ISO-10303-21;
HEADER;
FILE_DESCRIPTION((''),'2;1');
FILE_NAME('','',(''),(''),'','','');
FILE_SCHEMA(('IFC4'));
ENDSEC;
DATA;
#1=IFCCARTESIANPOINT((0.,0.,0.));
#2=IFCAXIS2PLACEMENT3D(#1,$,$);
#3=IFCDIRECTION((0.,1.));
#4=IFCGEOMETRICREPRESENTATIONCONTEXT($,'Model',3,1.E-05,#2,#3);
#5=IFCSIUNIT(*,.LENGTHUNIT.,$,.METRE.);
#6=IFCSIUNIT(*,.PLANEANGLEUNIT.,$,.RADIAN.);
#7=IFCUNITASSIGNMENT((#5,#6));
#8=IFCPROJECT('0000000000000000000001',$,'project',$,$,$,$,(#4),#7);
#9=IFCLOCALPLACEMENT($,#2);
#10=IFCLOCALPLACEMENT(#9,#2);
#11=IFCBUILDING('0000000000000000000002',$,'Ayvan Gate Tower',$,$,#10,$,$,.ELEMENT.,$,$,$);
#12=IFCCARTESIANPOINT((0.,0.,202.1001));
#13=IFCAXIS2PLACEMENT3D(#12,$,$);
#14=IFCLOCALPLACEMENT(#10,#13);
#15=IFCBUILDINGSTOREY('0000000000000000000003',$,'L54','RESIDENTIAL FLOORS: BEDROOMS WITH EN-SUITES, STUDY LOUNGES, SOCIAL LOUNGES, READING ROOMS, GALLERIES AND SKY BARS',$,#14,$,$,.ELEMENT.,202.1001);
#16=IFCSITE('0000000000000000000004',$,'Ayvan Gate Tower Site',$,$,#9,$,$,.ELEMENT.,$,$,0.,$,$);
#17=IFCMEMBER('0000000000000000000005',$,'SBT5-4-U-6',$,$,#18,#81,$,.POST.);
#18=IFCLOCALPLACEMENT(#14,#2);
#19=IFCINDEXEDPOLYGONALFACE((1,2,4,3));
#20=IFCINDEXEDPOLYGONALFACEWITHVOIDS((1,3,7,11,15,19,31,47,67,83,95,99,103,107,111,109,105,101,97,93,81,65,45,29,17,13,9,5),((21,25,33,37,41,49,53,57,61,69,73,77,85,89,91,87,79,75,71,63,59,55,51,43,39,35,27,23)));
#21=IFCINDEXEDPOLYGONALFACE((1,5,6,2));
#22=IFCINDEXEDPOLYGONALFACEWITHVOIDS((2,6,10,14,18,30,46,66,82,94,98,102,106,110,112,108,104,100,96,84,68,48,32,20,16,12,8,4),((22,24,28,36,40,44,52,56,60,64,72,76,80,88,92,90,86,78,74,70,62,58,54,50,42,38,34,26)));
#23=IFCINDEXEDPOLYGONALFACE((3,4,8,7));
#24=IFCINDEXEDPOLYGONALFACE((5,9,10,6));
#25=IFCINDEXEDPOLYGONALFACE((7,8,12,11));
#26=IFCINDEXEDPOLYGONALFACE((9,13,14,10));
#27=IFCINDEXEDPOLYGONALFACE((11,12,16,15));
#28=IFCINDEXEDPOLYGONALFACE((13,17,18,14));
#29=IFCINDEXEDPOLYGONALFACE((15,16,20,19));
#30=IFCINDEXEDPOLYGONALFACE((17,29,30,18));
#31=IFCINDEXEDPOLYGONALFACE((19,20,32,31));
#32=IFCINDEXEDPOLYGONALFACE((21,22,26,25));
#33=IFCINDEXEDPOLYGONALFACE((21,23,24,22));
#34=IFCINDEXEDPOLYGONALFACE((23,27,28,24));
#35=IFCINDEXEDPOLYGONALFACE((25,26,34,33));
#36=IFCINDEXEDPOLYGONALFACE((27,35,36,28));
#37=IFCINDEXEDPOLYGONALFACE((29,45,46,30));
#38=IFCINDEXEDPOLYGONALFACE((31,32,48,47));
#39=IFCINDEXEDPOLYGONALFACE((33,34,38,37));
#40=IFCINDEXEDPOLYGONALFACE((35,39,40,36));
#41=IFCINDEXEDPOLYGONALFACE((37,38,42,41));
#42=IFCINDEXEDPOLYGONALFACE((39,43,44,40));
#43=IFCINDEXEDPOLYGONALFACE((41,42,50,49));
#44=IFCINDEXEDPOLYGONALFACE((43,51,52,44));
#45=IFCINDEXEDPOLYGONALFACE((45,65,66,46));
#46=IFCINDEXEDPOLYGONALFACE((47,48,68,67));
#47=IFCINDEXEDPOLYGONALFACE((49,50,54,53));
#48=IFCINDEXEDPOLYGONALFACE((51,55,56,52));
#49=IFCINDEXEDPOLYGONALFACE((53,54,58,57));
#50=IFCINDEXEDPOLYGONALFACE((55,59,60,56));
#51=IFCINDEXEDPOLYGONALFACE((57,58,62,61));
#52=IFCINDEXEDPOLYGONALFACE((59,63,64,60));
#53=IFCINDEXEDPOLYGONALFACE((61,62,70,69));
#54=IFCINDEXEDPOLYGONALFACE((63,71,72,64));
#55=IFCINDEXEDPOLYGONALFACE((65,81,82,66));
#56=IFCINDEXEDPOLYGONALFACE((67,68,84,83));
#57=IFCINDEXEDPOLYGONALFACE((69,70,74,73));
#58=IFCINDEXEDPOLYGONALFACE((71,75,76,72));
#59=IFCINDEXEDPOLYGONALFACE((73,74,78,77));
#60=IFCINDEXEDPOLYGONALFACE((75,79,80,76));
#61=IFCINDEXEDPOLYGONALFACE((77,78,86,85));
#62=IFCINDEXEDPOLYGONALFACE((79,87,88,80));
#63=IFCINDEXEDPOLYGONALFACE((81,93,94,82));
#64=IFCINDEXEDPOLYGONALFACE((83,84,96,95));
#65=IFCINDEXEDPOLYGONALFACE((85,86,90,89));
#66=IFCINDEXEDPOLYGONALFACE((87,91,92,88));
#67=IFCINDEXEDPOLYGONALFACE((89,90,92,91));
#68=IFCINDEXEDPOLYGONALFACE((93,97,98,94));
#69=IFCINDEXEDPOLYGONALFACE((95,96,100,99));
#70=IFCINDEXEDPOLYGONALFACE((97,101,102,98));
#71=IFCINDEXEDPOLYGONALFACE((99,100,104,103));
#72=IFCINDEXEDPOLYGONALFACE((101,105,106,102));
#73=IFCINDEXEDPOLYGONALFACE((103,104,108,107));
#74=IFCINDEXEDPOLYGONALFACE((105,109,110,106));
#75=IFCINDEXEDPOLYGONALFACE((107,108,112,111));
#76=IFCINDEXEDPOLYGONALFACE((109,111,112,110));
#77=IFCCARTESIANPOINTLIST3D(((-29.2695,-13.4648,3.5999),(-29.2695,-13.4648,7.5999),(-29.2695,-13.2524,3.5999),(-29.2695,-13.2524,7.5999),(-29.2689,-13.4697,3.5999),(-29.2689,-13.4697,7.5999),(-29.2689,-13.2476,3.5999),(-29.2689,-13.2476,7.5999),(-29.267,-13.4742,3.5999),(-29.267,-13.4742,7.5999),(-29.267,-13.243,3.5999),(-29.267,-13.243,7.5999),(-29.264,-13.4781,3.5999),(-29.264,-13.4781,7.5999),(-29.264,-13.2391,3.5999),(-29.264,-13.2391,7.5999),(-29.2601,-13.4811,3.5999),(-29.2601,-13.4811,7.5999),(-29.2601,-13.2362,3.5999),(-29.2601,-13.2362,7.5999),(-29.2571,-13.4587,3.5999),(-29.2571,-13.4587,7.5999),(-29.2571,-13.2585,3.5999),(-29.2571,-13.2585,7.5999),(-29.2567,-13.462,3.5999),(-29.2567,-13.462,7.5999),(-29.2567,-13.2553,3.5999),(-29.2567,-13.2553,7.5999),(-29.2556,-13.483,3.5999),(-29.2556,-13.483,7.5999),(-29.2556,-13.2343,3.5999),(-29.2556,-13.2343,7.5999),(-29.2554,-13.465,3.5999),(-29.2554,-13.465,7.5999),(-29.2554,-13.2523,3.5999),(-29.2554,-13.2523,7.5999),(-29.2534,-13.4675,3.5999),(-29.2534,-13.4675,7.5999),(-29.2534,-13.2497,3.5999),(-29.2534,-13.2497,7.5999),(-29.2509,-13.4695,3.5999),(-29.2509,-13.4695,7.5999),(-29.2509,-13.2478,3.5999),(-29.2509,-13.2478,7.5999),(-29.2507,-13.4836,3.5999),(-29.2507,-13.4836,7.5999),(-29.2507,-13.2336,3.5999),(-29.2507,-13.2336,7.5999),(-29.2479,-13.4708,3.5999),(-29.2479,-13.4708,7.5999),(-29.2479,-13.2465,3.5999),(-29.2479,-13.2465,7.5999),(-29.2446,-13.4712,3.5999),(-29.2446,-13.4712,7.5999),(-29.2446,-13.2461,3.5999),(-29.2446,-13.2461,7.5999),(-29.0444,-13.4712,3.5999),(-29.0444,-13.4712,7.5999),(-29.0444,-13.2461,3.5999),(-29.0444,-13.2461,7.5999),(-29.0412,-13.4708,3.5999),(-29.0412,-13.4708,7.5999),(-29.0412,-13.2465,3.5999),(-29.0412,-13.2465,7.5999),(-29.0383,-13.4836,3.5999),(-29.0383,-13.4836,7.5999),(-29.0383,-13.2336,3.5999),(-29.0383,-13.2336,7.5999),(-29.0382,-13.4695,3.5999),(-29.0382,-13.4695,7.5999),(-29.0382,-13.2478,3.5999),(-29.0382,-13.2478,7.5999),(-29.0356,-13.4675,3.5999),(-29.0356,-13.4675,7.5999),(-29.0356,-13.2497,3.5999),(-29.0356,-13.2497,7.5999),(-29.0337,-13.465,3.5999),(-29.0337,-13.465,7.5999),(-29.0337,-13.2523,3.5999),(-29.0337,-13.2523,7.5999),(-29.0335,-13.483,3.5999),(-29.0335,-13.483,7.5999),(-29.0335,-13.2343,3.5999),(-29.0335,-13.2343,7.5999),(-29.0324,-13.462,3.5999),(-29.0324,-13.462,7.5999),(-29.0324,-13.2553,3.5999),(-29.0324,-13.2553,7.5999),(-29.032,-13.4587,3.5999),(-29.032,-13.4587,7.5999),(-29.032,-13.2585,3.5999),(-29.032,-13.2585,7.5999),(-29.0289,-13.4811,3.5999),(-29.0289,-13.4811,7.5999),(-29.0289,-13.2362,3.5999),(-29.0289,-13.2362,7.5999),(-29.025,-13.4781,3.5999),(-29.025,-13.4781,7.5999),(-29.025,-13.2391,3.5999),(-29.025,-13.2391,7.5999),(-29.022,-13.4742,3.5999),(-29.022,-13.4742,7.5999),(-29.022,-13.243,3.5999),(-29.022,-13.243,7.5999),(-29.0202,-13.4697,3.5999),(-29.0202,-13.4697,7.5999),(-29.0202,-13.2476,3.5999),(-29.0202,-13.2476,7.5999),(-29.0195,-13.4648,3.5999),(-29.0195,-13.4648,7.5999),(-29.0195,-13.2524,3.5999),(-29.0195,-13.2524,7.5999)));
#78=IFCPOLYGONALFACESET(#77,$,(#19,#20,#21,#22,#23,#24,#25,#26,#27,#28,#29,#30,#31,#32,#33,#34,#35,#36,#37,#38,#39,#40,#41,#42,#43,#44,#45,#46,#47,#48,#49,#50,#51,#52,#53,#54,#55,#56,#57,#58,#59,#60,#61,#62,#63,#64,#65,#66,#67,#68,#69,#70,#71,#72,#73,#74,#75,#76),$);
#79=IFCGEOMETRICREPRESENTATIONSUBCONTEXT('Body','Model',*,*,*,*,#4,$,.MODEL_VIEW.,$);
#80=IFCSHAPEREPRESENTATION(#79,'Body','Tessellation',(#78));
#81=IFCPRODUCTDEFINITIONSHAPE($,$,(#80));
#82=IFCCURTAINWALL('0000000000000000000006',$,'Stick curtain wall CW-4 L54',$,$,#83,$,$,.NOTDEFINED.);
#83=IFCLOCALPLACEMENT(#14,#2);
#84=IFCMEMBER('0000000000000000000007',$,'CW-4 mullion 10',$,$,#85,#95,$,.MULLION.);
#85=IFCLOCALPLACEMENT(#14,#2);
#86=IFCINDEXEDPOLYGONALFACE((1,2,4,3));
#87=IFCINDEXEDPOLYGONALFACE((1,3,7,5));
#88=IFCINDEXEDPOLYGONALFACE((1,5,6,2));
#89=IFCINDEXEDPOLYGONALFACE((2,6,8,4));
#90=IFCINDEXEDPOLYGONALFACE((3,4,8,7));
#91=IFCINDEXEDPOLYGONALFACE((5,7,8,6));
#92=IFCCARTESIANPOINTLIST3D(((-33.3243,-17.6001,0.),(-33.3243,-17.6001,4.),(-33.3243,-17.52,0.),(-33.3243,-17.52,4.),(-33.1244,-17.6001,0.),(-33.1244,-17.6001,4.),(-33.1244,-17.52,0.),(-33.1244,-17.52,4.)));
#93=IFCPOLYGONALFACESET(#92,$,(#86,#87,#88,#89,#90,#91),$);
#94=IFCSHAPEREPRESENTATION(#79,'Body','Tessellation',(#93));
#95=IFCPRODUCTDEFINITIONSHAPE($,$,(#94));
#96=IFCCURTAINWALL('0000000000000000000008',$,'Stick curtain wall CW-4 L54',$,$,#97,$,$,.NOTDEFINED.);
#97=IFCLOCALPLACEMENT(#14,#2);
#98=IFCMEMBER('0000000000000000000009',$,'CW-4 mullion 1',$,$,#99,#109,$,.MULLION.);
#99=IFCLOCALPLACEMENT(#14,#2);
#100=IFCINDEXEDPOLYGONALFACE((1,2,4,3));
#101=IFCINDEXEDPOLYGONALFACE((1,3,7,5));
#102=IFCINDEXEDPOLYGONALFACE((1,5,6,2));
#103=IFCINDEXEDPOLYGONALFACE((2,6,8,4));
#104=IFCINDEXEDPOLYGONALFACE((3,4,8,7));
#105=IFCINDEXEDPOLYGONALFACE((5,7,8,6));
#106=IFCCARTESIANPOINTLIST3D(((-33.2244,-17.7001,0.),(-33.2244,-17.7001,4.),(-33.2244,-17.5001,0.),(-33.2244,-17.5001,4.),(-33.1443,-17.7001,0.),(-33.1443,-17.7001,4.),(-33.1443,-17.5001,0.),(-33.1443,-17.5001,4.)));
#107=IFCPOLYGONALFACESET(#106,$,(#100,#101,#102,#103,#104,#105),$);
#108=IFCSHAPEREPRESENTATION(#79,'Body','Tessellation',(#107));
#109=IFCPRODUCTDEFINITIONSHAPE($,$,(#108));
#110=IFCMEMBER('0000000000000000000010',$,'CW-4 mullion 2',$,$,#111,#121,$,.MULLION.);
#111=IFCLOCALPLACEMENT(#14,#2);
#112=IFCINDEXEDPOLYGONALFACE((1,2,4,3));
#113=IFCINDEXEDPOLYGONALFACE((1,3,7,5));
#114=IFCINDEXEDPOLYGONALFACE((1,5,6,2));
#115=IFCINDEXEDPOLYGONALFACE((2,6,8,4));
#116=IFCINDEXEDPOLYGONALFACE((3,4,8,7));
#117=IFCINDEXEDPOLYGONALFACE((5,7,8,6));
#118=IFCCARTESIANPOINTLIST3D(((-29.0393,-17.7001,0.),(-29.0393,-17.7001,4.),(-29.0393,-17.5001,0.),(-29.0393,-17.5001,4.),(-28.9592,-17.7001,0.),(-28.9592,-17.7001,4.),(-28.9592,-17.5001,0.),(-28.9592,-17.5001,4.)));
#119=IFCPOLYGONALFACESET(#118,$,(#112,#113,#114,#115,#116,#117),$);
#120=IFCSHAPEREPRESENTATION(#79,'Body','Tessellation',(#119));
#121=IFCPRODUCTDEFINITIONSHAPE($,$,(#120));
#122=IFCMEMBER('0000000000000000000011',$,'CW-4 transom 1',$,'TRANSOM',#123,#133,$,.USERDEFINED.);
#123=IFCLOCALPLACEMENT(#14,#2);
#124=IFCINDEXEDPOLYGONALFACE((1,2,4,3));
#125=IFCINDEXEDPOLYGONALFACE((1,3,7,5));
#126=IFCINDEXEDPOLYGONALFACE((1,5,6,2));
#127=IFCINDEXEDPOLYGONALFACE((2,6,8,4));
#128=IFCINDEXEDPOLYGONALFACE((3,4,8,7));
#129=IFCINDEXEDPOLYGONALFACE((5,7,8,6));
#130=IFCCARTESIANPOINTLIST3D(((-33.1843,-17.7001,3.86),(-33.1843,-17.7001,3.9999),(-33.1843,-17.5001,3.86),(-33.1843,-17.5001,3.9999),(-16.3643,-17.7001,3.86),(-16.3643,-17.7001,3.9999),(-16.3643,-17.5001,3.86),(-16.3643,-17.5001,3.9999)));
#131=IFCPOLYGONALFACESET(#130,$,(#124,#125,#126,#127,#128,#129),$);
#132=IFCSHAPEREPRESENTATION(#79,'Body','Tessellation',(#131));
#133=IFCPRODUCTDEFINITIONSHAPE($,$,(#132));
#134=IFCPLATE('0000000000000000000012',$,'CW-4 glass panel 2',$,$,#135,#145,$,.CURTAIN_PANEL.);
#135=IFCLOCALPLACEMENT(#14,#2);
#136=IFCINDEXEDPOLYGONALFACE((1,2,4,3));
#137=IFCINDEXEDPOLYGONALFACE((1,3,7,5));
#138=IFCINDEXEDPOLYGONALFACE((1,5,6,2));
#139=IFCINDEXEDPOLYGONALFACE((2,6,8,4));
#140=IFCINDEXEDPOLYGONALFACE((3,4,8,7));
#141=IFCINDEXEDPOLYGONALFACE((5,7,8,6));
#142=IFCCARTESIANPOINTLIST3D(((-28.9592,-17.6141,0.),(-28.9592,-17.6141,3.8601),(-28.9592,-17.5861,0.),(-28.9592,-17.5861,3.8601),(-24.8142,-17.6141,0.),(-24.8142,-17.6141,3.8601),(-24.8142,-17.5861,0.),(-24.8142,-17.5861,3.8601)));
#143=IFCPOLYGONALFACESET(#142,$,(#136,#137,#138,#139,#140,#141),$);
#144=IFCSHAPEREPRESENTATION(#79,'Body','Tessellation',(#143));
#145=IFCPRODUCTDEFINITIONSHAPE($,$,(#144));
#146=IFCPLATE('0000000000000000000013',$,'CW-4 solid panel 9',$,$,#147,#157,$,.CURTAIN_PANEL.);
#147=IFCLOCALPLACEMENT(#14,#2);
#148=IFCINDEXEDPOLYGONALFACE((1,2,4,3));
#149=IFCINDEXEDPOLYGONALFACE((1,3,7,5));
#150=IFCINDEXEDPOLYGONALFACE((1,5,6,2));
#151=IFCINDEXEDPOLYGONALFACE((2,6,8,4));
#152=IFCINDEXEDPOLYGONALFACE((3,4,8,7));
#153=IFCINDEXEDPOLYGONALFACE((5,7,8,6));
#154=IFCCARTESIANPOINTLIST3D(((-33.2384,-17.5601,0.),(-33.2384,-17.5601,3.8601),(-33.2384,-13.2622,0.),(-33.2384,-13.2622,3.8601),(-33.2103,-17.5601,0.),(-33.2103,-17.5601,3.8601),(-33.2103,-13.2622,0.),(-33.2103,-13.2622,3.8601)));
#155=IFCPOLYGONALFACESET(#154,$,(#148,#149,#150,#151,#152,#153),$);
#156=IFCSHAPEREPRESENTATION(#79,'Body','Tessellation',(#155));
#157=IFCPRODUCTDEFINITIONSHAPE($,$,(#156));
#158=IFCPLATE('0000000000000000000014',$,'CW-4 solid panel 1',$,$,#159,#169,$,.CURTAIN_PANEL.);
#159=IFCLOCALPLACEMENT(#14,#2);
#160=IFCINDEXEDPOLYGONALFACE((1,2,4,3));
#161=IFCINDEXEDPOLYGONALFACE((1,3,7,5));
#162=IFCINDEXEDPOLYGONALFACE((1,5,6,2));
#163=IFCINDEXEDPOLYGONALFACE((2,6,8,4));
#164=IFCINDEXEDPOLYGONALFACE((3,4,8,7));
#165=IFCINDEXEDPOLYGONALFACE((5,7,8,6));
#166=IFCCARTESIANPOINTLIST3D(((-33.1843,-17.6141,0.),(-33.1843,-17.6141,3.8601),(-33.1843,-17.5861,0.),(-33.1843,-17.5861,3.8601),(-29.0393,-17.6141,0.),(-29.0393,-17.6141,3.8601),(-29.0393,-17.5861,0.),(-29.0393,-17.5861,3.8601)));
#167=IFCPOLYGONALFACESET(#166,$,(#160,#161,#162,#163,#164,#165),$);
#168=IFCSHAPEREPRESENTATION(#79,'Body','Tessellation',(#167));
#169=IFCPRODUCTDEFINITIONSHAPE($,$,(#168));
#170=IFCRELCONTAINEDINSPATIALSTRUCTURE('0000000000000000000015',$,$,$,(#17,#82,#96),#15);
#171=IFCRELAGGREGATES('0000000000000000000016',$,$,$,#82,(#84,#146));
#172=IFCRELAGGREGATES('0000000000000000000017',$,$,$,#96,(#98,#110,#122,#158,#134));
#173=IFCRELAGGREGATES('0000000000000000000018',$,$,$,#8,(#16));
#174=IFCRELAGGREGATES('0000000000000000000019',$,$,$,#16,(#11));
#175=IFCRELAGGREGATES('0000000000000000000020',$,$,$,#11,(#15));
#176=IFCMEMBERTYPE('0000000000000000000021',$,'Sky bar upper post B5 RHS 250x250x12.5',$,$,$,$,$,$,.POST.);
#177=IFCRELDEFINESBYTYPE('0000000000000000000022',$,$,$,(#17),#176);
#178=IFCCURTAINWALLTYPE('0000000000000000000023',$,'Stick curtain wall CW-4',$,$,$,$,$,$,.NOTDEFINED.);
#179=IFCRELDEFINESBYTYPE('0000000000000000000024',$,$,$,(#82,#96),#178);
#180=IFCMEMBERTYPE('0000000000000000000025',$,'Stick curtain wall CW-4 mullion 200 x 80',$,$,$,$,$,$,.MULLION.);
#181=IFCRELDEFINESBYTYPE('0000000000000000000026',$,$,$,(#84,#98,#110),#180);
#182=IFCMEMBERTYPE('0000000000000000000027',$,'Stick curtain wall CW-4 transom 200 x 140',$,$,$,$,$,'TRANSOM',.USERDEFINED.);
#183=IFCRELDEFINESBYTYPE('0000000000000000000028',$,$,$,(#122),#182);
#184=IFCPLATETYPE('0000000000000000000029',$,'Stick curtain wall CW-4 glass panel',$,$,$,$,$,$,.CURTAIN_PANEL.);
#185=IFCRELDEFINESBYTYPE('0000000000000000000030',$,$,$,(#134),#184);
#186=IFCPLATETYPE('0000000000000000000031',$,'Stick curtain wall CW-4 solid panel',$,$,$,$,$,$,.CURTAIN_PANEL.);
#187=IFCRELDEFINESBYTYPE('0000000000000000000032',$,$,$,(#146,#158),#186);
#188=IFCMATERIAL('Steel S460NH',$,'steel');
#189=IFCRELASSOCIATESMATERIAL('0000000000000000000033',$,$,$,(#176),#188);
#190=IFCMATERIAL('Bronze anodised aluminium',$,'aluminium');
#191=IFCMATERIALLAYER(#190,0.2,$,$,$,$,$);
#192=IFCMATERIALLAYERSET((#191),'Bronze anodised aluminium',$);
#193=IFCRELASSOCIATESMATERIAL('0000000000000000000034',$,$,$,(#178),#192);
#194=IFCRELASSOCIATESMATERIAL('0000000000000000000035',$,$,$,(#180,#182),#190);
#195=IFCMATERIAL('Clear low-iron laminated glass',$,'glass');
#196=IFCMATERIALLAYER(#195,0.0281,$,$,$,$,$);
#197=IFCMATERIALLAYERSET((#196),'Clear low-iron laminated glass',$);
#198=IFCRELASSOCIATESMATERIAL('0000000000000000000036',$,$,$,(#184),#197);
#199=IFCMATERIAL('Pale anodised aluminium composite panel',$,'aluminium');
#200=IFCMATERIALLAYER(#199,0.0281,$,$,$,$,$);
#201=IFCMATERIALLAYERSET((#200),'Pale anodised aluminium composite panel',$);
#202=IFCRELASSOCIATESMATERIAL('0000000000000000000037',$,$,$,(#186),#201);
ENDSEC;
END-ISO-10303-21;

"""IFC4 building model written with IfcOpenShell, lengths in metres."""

from ifc_helpers import new_model, si_unit, direction, frame, origin, origin_2d, place, context, subcontext, project, spatial, rectangle, hollow_rectangle, extrude, material, layer, layer_set, material_profile, profile_set, type_object, element, aggregate, save


model = new_model("IFC4")

# Units and contexts
model_context = context("Model", 3, precision=1e-05, world=origin(), true_north=direction((0.0, 1.0)))
body_context = subcontext(model_context, "Body", "Model", "MODEL_VIEW")
ifc_project = project(units=[si_unit("LENGTHUNIT", "METRE"), si_unit("PLANEANGLEUNIT", "RADIAN")], contexts=[model_context])

# Site, building, storey
site_placement = place(None, origin())
site = spatial("IfcSite", under=ifc_project, at=site_placement, Name="Ayvan Gate Tower Site", CompositionType="ELEMENT", RefElevation=0.0)
building_placement = place(site_placement, origin())
building = spatial("IfcBuilding", under=site, at=building_placement, Name="Ayvan Gate Tower", CompositionType="ELEMENT")
storey_placement = place(building_placement, frame((0.0, 0.0, 202.1001)))
storey = spatial("IfcBuildingStorey", under=building, at=storey_placement, Name="L54", Description="RESIDENTIAL FLOORS: BEDROOMS WITH EN-SUITES, STUDY LOUNGES, SOCIAL LOUNGES, READING ROOMS, GALLERIES AND SKY BARS", CompositionType="ELEMENT", Elevation=202.1001)

# Member
ifc_material_1 = material(Name="Steel S460NH", Category="steel")
ifc_material_profile_1 = material_profile(ifc_material_1, hollow_rectangle(XDim=0.25, YDim=0.25, WallThickness=0.0125, InnerFilletRadius=0.0125, OuterFilletRadius=0.0188, at=origin_2d()), Name="RHS 250x250x12.5")
ifc_profile_set_1 = profile_set([ifc_material_profile_1], Name="Steel S460NH")
member_type_1 = type_object("IfcMemberType", Name="Sky bar upper post B5 RHS 250x250x12.5", PredefinedType="POST", material=ifc_profile_set_1)
member_1_placement = place(storey_placement, frame((-29.1445, -13.3586, 3.5999), z_axis=(0.0, 0.0, 1.0), x_axis=(1.0, 0.0, 0.0)))
element("IfcMember", 1, at=member_1_placement, inside=storey, type_object=member_type_1, Name="SBT5-4-U-6", PredefinedType="POST", context=body_context, shape_type="SweptSolid", body=[
    extrude(hollow_rectangle(XDim=0.25, YDim=0.25, WallThickness=0.0125, InnerFilletRadius=0.0125, OuterFilletRadius=0.0188, at=origin_2d()), origin(), (0.0, 0.0, 1.0), 4.0),
])

# Curtain wall, member
ifc_material_2 = material(Name="Bronze anodised aluminium", Category="aluminium")
ifc_layer_1 = layer(ifc_material_2, 0.2)
ifc_layer_set_1 = layer_set([ifc_layer_1], Name="Bronze anodised aluminium")
curtain_wall_type = type_object("IfcCurtainWallType", Name="Stick curtain wall CW-4", PredefinedType="NOTDEFINED", material=ifc_layer_set_1)
curtain_wall_1_placement = place(storey_placement, origin())
curtain_wall_1 = element("IfcCurtainWall", 2, at=curtain_wall_1_placement, inside=storey, type_object=curtain_wall_type, Name="Stick curtain wall CW-4 L54", PredefinedType="NOTDEFINED")
ifc_material_profile_2 = material_profile(ifc_material_2, rectangle(XDim=0.2, YDim=0.0801, at=origin_2d()), Name="Stick curtain wall CW-4 mullion 200 x 80")
ifc_profile_set_2 = profile_set([ifc_material_profile_2], Name="Bronze anodised aluminium")
member_type_2 = type_object("IfcMemberType", Name="Stick curtain wall CW-4 mullion 200 x 80", PredefinedType="MULLION", material=ifc_profile_set_2)
member_2_placement = place(storey_placement, frame((-33.2244, -17.5601, 0.0), z_axis=(0.0, 0.0, 1.0), x_axis=(-1.0, 0.0, 0.0)))
member_2 = element("IfcMember", 3, at=member_2_placement, type_object=member_type_2, Name="CW-4 mullion 10", PredefinedType="MULLION", context=body_context, shape_type="SweptSolid", body=[
    extrude(rectangle(XDim=0.2, YDim=0.0801, at=origin_2d()), origin(), (0.0, 0.0, 1.0), 4.0),
])

# Curtain wall, members, plate
curtain_wall_2_placement = place(storey_placement, origin())
curtain_wall_2 = element("IfcCurtainWall", 4, at=curtain_wall_2_placement, inside=storey, type_object=curtain_wall_type, Name="Stick curtain wall CW-4 L54", PredefinedType="NOTDEFINED")
member_3_placement = place(storey_placement, frame((-33.1843, -17.6001, 0.0), z_axis=(0.0, 0.0, 1.0), x_axis=(0.0, -1.0, 0.0)))
member_3 = element("IfcMember", 5, at=member_3_placement, type_object=member_type_2, Name="CW-4 mullion 1", PredefinedType="MULLION", context=body_context, shape_type="SweptSolid", body=[
    extrude(rectangle(XDim=0.2, YDim=0.0801, at=origin_2d()), origin(), (0.0, 0.0, 1.0), 4.0),
])
member_4_placement = place(storey_placement, frame((-28.9993, -17.6001, 0.0), z_axis=(0.0, 0.0, 1.0), x_axis=(0.0, -1.0, 0.0)))
member_4 = element("IfcMember", 6, at=member_4_placement, type_object=member_type_2, Name="CW-4 mullion 2", PredefinedType="MULLION", context=body_context, shape_type="SweptSolid", body=[
    extrude(rectangle(XDim=0.2, YDim=0.0801, at=origin_2d()), origin(), (0.0, 0.0, 1.0), 4.0),
])
ifc_material_profile_3 = material_profile(ifc_material_2, rectangle(XDim=0.2, YDim=0.1399, at=origin_2d()), Name="Stick curtain wall CW-4 transom 200 x 140")
ifc_profile_set_3 = profile_set([ifc_material_profile_3], Name="Bronze anodised aluminium")
member_type_3 = type_object("IfcMemberType", Name="Stick curtain wall CW-4 transom 200 x 140", ElementType="TRANSOM", PredefinedType="USERDEFINED", material=ifc_profile_set_3)
member_5_placement = place(storey_placement, frame((-33.1843, -17.6001, 3.9299), z_axis=(1.0, 0.0, 0.0), x_axis=(0.0, 1.0, 0.0)))
member_5 = element("IfcMember", 7, at=member_5_placement, type_object=member_type_3, Name="CW-4 transom 1", ObjectType="TRANSOM", PredefinedType="USERDEFINED", context=body_context, shape_type="SweptSolid", body=[
    extrude(rectangle(XDim=0.2, YDim=0.1399, at=origin_2d()), origin(), (0.0, 0.0, 1.0), 16.8201),
])
ifc_material_3 = material(Name="Clear low-iron laminated glass", Category="glass")
ifc_layer_2 = layer(ifc_material_3, 0.0281)
ifc_layer_set_2 = layer_set([ifc_layer_2], Name="Clear low-iron laminated glass")
plate_type_1 = type_object("IfcPlateType", Name="Stick curtain wall CW-4 glass panel", PredefinedType="CURTAIN_PANEL", material=ifc_layer_set_2)
plate_1_placement = place(storey_placement, frame((-26.8867, -17.6001, 0.0), z_axis=(0.0, 0.0, 1.0), x_axis=(1.0, 0.0, 0.0)))
plate_1 = element("IfcPlate", 8, at=plate_1_placement, type_object=plate_type_1, Name="CW-4 glass panel 2", PredefinedType="CURTAIN_PANEL", context=body_context, shape_type="SweptSolid", body=[
    extrude(rectangle(XDim=4.145, YDim=0.0281, at=origin_2d()), origin(), (0.0, 0.0, 1.0), 3.8601),
])

# Plates
ifc_material_4 = material(Name="Pale anodised aluminium composite panel", Category="aluminium")
ifc_layer_3 = layer(ifc_material_4, 0.0281)
ifc_layer_set_3 = layer_set([ifc_layer_3], Name="Pale anodised aluminium composite panel")
plate_type_2 = type_object("IfcPlateType", Name="Stick curtain wall CW-4 solid panel", PredefinedType="CURTAIN_PANEL", material=ifc_layer_set_3)
plate_2_placement = place(storey_placement, frame((-33.2244, -15.4111, 0.0), z_axis=(0.0, 0.0, 1.0), x_axis=(0.0, -1.0, 0.0)))
plate_2 = element("IfcPlate", 9, at=plate_2_placement, type_object=plate_type_2, Name="CW-4 solid panel 9", PredefinedType="CURTAIN_PANEL", context=body_context, shape_type="SweptSolid", body=[
    extrude(rectangle(XDim=4.2979, YDim=0.0281, at=origin_2d()), origin(), (0.0, 0.0, 1.0), 3.8601),
])
aggregate(curtain_wall_1, [member_2, plate_2])
plate_3_placement = place(storey_placement, frame((-31.1118, -17.6001, 0.0), z_axis=(0.0, 0.0, 1.0), x_axis=(1.0, 0.0, 0.0)))
plate_3 = element("IfcPlate", 10, at=plate_3_placement, type_object=plate_type_2, Name="CW-4 solid panel 1", PredefinedType="CURTAIN_PANEL", context=body_context, shape_type="SweptSolid", body=[
    extrude(rectangle(XDim=4.145, YDim=0.0281, at=origin_2d()), origin(), (0.0, 0.0, 1.0), 3.8601),
])
aggregate(curtain_wall_2, [member_3, member_4, member_5, plate_3, plate_1])

save(model, "model.ifc")
